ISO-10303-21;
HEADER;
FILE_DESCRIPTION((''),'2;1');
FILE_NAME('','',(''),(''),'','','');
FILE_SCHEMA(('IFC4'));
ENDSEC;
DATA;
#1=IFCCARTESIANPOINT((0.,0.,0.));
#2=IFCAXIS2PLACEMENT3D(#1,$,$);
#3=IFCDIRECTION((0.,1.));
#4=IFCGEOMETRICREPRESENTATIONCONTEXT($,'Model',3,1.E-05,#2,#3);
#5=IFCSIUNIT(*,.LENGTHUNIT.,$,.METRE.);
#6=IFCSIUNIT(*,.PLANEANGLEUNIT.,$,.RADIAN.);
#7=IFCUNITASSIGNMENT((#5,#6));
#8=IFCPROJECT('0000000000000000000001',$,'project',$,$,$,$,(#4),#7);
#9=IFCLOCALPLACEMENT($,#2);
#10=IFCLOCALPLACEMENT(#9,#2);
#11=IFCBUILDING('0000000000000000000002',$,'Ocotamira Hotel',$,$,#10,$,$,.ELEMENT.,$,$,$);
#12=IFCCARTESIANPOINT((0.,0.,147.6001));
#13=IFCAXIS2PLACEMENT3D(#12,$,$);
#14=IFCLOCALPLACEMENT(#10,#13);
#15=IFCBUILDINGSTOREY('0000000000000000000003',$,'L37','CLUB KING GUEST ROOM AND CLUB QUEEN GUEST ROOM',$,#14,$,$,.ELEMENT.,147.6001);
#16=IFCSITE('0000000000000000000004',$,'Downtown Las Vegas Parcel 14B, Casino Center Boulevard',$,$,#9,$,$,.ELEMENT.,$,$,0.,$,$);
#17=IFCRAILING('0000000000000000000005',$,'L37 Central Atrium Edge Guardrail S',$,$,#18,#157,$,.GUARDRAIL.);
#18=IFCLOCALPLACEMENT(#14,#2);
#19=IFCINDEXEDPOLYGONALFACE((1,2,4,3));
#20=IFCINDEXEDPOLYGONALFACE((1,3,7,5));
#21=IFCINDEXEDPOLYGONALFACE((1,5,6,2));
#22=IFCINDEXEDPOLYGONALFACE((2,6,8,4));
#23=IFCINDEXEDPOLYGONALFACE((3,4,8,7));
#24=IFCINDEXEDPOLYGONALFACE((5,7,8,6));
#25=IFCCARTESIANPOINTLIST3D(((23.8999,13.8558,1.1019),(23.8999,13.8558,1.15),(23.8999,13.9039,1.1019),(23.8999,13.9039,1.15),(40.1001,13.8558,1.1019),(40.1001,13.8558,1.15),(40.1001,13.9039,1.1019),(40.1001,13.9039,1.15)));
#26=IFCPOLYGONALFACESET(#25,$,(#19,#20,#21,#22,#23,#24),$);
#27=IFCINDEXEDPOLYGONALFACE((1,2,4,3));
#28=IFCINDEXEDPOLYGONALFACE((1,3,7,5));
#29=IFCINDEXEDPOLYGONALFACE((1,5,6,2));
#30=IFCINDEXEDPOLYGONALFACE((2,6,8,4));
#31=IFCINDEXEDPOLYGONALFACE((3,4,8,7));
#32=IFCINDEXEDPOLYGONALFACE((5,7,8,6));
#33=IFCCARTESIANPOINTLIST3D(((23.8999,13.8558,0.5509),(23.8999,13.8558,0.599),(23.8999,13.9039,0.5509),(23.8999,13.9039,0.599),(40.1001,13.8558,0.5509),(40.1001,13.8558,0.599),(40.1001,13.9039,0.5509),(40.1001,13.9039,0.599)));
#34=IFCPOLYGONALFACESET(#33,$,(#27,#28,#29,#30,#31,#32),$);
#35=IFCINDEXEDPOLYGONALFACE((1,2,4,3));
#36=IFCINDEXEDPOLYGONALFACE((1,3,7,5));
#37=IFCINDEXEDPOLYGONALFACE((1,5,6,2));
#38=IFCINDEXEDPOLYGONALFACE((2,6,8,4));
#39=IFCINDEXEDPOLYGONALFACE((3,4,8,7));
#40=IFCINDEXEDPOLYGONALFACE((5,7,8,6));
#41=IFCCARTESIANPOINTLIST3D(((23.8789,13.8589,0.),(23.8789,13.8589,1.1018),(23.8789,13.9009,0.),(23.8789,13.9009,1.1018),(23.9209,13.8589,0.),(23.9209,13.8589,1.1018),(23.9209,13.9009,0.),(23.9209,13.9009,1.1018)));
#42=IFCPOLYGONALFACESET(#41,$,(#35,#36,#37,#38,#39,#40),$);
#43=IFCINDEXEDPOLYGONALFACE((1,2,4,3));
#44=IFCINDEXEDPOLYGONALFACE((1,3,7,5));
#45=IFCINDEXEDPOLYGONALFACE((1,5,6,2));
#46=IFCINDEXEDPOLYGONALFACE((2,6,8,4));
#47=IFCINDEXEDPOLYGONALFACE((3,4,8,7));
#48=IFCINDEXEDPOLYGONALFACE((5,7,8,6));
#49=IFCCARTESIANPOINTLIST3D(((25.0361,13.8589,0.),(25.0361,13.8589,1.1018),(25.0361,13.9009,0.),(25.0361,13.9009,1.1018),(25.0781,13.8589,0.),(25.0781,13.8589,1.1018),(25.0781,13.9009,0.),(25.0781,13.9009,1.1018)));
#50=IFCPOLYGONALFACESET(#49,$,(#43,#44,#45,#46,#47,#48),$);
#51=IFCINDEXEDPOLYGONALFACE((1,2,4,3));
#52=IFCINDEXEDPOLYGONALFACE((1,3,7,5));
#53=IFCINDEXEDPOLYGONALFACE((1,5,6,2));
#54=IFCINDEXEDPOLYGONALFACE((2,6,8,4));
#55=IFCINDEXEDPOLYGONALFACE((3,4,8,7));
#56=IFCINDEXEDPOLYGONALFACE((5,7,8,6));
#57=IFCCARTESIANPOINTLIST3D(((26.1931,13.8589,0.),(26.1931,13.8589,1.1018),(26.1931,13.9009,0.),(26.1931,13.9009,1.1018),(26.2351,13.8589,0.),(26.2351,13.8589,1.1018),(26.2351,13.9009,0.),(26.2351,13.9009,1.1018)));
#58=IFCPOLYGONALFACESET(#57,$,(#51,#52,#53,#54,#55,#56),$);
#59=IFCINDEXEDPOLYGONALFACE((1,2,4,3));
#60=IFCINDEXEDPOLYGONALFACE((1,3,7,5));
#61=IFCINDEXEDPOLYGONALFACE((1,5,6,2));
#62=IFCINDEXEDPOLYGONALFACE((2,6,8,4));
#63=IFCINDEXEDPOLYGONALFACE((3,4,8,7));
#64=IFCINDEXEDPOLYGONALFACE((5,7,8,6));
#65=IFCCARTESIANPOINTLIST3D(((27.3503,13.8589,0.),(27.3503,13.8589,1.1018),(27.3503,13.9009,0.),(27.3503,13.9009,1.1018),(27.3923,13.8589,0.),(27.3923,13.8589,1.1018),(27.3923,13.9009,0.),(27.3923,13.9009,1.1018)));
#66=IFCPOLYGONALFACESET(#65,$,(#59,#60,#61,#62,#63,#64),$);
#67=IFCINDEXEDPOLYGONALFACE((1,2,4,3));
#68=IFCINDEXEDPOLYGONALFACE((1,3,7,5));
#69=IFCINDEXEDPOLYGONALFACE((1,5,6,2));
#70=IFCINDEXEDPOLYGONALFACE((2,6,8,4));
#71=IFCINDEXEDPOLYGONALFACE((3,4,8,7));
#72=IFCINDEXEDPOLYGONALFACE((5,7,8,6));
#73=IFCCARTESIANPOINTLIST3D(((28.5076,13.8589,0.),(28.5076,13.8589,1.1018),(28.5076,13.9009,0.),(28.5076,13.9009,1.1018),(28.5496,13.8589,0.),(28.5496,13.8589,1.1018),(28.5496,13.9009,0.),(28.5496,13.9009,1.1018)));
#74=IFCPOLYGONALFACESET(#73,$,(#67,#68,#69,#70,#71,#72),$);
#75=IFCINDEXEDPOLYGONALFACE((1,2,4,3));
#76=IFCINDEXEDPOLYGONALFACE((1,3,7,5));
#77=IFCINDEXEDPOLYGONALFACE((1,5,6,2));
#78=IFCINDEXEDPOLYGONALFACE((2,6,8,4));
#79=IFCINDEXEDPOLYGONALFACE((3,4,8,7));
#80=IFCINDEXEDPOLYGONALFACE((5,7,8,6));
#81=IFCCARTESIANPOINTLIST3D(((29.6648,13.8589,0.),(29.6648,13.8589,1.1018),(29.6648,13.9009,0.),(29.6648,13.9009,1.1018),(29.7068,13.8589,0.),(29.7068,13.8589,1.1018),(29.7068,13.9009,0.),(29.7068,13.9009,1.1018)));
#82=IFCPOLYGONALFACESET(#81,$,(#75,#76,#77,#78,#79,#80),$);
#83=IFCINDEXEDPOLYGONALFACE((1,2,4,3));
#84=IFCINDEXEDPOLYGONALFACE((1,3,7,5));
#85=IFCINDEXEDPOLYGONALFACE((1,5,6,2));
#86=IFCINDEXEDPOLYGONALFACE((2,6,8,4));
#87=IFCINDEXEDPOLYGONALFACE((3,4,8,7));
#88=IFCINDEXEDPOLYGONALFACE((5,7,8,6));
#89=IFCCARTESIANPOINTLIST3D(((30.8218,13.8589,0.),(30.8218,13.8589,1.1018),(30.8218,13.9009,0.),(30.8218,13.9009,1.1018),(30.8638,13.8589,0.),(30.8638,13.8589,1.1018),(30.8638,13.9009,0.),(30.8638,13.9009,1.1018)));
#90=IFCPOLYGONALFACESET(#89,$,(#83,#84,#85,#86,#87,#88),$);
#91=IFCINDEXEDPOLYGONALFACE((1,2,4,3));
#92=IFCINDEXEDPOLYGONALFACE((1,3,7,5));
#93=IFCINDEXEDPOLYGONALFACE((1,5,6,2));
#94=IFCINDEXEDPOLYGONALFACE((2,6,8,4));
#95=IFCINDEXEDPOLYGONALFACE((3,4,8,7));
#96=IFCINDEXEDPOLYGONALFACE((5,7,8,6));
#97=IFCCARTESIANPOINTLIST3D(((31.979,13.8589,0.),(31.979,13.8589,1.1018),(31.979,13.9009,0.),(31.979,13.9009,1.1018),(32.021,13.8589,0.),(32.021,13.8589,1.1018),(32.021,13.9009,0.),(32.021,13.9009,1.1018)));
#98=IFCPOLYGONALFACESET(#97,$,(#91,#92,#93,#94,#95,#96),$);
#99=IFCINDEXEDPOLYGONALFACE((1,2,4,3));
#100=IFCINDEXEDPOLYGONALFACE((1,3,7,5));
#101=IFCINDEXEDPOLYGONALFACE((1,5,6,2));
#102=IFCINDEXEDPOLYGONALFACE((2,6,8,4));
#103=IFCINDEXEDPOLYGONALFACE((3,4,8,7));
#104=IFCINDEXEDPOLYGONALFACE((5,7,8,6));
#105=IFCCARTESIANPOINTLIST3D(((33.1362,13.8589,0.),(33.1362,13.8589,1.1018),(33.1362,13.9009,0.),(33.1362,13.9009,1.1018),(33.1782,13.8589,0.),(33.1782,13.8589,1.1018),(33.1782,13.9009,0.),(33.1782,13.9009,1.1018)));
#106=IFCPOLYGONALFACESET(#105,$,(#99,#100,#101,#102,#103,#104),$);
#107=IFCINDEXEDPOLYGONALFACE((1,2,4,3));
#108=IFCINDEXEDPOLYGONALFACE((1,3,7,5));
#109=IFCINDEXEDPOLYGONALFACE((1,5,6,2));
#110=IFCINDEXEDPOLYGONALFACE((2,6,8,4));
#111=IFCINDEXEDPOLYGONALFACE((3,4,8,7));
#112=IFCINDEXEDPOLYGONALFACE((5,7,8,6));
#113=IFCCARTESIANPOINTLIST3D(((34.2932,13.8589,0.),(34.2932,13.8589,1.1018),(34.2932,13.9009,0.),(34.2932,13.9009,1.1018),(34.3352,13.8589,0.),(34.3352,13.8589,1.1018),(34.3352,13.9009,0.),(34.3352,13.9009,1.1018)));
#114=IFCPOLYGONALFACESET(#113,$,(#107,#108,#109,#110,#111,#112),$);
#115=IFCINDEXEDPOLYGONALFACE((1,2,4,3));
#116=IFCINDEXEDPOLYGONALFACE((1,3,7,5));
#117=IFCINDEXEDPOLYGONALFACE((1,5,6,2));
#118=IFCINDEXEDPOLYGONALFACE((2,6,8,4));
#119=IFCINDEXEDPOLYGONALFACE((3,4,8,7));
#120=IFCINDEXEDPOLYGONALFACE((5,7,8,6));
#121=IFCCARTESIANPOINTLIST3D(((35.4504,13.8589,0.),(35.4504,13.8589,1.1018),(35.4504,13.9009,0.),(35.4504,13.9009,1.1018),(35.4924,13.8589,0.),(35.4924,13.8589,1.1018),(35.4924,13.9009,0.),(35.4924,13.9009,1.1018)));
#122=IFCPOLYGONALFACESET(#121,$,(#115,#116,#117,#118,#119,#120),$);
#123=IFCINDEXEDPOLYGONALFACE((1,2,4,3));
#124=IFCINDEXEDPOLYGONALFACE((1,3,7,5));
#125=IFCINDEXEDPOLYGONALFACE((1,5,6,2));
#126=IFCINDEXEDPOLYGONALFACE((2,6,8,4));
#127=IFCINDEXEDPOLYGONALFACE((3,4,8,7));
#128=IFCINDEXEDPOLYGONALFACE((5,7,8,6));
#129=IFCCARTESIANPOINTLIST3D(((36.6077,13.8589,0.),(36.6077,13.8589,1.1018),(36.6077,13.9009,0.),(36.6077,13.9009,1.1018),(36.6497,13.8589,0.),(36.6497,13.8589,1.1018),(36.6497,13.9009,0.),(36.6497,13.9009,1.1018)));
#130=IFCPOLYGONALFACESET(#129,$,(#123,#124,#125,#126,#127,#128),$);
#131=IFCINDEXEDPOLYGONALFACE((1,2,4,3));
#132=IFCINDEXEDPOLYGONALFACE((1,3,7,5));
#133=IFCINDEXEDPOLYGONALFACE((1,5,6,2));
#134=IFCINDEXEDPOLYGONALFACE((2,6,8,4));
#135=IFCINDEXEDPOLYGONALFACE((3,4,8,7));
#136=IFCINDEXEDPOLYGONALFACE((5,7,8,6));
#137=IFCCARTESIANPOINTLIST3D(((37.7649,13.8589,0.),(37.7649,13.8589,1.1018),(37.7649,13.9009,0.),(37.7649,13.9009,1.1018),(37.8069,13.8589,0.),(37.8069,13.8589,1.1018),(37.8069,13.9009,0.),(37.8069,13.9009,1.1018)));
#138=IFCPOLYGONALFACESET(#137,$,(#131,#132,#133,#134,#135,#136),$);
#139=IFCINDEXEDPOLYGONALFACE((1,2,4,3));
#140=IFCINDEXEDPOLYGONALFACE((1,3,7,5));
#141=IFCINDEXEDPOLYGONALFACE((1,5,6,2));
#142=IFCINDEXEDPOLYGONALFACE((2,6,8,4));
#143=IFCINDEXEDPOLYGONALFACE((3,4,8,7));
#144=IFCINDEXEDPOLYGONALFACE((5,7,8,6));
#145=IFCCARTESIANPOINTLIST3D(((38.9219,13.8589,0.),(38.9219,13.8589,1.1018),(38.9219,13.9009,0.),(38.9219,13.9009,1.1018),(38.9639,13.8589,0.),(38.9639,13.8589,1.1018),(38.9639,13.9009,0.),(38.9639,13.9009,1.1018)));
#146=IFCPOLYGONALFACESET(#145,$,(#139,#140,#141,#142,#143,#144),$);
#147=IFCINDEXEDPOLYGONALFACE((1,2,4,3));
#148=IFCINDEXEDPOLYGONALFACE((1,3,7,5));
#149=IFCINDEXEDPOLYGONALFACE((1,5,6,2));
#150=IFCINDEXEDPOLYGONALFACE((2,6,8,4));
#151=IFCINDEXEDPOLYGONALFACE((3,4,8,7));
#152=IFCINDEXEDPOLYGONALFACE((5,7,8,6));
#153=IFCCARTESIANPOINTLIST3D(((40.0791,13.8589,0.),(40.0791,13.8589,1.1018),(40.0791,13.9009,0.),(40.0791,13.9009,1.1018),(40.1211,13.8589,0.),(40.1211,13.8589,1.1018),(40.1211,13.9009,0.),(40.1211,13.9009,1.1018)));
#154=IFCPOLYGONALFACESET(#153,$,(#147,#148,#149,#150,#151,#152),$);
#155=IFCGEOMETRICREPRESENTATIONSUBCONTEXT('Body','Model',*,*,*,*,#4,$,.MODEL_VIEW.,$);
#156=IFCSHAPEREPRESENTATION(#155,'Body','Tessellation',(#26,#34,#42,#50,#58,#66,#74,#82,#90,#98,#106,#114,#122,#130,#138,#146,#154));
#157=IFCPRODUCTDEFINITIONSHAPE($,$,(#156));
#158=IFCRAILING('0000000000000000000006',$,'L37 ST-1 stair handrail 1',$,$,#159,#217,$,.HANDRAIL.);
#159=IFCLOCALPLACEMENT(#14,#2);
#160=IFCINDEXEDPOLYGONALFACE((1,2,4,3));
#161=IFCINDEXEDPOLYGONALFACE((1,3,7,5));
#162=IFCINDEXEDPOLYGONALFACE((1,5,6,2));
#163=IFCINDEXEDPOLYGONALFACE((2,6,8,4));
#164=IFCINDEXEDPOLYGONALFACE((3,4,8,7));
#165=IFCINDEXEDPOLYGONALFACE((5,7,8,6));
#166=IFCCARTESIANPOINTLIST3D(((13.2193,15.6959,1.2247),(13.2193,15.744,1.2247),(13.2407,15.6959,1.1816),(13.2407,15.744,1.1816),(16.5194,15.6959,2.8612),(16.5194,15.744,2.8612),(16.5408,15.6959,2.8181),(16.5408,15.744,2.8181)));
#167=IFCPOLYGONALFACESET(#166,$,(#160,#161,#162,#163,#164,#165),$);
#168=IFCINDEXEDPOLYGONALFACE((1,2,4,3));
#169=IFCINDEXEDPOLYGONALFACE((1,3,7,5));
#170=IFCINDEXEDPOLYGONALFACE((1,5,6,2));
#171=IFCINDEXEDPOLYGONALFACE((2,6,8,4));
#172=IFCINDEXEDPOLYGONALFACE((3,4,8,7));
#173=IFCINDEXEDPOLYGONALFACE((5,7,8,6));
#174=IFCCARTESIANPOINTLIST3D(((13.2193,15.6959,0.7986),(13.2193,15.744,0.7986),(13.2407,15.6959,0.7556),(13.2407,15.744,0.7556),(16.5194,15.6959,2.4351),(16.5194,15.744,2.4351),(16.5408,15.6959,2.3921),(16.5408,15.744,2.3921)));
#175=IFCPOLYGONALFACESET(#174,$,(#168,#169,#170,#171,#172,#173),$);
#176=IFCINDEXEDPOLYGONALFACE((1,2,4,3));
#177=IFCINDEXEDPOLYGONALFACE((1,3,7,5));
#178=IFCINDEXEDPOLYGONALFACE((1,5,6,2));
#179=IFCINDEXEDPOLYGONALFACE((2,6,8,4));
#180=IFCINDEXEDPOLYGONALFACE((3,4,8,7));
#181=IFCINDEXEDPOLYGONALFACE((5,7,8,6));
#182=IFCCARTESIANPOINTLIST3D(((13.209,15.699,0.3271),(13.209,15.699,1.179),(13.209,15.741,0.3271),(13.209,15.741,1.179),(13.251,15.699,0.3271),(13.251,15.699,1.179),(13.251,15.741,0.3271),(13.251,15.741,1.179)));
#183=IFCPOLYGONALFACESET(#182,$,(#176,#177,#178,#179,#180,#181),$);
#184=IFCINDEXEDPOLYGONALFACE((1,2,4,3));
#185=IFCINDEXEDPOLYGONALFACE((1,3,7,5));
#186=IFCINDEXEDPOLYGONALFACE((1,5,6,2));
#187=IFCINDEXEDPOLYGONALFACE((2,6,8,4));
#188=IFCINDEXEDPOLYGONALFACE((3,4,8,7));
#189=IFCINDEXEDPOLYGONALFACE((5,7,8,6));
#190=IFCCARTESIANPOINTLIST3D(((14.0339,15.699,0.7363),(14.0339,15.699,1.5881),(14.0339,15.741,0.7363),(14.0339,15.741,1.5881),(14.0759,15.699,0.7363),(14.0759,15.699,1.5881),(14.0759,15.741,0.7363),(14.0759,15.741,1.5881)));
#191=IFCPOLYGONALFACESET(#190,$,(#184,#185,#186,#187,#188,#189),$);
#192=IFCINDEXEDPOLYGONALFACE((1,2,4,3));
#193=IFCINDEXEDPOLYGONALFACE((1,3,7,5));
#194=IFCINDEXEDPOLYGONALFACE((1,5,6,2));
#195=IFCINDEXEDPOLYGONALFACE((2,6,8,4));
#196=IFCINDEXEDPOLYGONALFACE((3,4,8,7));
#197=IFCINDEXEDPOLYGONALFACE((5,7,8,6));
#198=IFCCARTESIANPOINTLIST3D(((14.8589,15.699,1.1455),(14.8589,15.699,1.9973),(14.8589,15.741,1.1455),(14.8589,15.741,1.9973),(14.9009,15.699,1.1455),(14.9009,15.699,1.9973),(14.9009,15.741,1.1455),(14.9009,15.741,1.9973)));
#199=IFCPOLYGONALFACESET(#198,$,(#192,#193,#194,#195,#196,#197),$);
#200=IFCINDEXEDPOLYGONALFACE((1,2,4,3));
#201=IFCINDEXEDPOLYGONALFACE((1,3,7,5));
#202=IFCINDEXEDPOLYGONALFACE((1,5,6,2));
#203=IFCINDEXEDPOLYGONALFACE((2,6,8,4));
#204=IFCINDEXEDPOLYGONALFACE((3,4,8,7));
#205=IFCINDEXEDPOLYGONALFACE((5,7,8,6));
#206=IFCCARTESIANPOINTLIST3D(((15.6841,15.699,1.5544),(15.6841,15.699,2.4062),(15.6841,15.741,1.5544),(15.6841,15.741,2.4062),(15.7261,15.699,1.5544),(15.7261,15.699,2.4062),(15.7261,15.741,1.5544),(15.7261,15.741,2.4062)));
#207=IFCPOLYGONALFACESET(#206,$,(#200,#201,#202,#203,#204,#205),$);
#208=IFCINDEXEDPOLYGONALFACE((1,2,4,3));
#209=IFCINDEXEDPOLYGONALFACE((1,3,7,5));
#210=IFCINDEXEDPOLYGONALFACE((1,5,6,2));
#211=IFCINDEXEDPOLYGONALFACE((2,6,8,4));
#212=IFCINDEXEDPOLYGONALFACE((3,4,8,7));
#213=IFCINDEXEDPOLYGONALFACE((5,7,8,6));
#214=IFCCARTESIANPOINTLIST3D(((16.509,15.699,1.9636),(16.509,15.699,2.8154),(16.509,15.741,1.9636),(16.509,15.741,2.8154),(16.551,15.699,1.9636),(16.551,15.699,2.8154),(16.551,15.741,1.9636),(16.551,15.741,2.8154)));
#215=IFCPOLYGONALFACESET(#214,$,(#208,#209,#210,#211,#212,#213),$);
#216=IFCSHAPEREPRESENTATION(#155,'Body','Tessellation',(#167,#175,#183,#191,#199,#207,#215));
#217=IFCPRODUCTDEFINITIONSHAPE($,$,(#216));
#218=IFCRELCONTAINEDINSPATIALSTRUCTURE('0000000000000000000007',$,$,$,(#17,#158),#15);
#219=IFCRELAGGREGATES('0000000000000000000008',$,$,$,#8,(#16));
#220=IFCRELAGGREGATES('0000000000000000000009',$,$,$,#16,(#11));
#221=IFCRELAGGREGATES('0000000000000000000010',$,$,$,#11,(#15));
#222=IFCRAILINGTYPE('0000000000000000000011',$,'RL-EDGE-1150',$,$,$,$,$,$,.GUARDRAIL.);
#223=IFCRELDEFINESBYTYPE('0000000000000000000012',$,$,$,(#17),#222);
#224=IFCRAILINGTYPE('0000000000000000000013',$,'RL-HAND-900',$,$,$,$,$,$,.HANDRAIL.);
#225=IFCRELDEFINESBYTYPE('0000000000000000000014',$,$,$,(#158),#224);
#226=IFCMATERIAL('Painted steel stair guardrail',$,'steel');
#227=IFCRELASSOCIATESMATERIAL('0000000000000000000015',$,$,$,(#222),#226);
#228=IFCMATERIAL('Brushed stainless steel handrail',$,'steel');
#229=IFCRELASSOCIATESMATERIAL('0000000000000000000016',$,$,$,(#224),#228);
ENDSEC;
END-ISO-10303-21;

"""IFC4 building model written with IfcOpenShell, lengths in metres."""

from ifc_helpers import new_model, si_unit, direction, frame, origin, origin_2d, place, context, subcontext, project, spatial, rectangle, extrude, material, type_object, element, save


model = new_model("IFC4")

# Units and contexts
model_context = context("Model", 3, precision=1e-05, world=origin(), true_north=direction((0.0, 1.0)))
body_context = subcontext(model_context, "Body", "Model", "MODEL_VIEW")
ifc_project = project(units=[si_unit("LENGTHUNIT", "METRE"), si_unit("PLANEANGLEUNIT", "RADIAN")], contexts=[model_context])

# Site, building, storey
site_placement = place(None, origin())
site = spatial("IfcSite", under=ifc_project, at=site_placement, Name="Downtown Las Vegas Parcel 14B, Casino Center Boulevard", CompositionType="ELEMENT", RefElevation=0.0)
building_placement = place(site_placement, origin())
building = spatial("IfcBuilding", under=site, at=building_placement, Name="Ocotamira Hotel", CompositionType="ELEMENT")
storey_placement = place(building_placement, frame((0.0, 0.0, 147.6001)))
storey = spatial("IfcBuildingStorey", under=building, at=storey_placement, Name="L37", Description="CLUB KING GUEST ROOM AND CLUB QUEEN GUEST ROOM", CompositionType="ELEMENT", Elevation=147.6001)

# Railings
ifc_material_1 = material(Name="Painted steel stair guardrail", Category="steel")
railing_type_1 = type_object("IfcRailingType", Name="RL-EDGE-1150", PredefinedType="GUARDRAIL", material=ifc_material_1)
railing_1_placement = place(storey_placement, frame((23.8999, 13.8799, 0.0)))
element("IfcRailing", 1, at=railing_1_placement, inside=storey, type_object=railing_type_1, Name="L37 Central Atrium Edge Guardrail S", PredefinedType="GUARDRAIL", context=body_context, shape_type="SweptSolid", body=[
    extrude(rectangle(XDim=0.0481, YDim=0.0481, at=origin_2d()), frame((0.0, 0.0, 1.126), z_axis=(1.0, 0.0, 0.0), x_axis=(0.0, 1.0, 0.0)), (0.0, 0.0, 1.0), 16.2002),
    extrude(rectangle(XDim=0.0481, YDim=0.0481, at=origin_2d()), frame((0.0, 0.0, 0.575), z_axis=(1.0, 0.0, 0.0), x_axis=(0.0, 1.0, 0.0)), (0.0, 0.0, 1.0), 16.2002),
    extrude(rectangle(XDim=0.042, YDim=0.042, at=origin_2d()), origin(), (0.0, 0.0, 1.0), 1.1018),
    extrude(rectangle(XDim=0.042, YDim=0.042, at=origin_2d()), frame((1.1572, 0.0, 0.0)), (0.0, 0.0, 1.0), 1.1018),
    extrude(rectangle(XDim=0.042, YDim=0.042, at=origin_2d()), frame((2.3142, 0.0, 0.0)), (0.0, 0.0, 1.0), 1.1018),
    extrude(rectangle(XDim=0.042, YDim=0.042, at=origin_2d()), frame((3.4714, 0.0, 0.0)), (0.0, 0.0, 1.0), 1.1018),
    extrude(rectangle(XDim=0.042, YDim=0.042, at=origin_2d()), frame((4.6287, 0.0, 0.0)), (0.0, 0.0, 1.0), 1.1018),
    extrude(rectangle(XDim=0.042, YDim=0.042, at=origin_2d()), frame((5.7859, 0.0, 0.0)), (0.0, 0.0, 1.0), 1.1018),
    extrude(rectangle(XDim=0.042, YDim=0.042, at=origin_2d()), frame((6.9429, 0.0, 0.0)), (0.0, 0.0, 1.0), 1.1018),
    extrude(rectangle(XDim=0.042, YDim=0.042, at=origin_2d()), frame((8.1001, 0.0, 0.0)), (0.0, 0.0, 1.0), 1.1018),
    extrude(rectangle(XDim=0.042, YDim=0.042, at=origin_2d()), frame((9.2573, 0.0, 0.0)), (0.0, 0.0, 1.0), 1.1018),
    extrude(rectangle(XDim=0.042, YDim=0.042, at=origin_2d()), frame((10.4143, 0.0, 0.0)), (0.0, 0.0, 1.0), 1.1018),
    extrude(rectangle(XDim=0.042, YDim=0.042, at=origin_2d()), frame((11.5715, 0.0, 0.0)), (0.0, 0.0, 1.0), 1.1018),
    extrude(rectangle(XDim=0.042, YDim=0.042, at=origin_2d()), frame((12.7288, 0.0, 0.0)), (0.0, 0.0, 1.0), 1.1018),
    extrude(rectangle(XDim=0.042, YDim=0.042, at=origin_2d()), frame((13.886, 0.0, 0.0)), (0.0, 0.0, 1.0), 1.1018),
    extrude(rectangle(XDim=0.042, YDim=0.042, at=origin_2d()), frame((15.043, 0.0, 0.0)), (0.0, 0.0, 1.0), 1.1018),
    extrude(rectangle(XDim=0.042, YDim=0.042, at=origin_2d()), frame((16.2002, 0.0, 0.0)), (0.0, 0.0, 1.0), 1.1018),
])
ifc_material_2 = material(Name="Brushed stainless steel handrail", Category="steel")
railing_type_2 = type_object("IfcRailingType", Name="RL-HAND-900", PredefinedType="HANDRAIL", material=ifc_material_2)
railing_2_placement = place(storey_placement, frame((13.23, 15.72, 0.3271)))
element("IfcRailing", 2, at=railing_2_placement, inside=storey, type_object=railing_type_2, Name="L37 ST-1 stair handrail 1", PredefinedType="HANDRAIL", context=body_context, shape_type="SweptSolid", body=[
    extrude(rectangle(XDim=0.0481, YDim=0.0481, at=origin_2d()), frame((0.0, 0.0, 0.876), z_axis=(0.895894, 0.0, 0.444268), x_axis=(0.0, 1.0, 0.0)), (0.0, 0.0, 1.0), 3.6836),
    extrude(rectangle(XDim=0.0481, YDim=0.0481, at=origin_2d()), frame((0.0, 0.0, 0.45), z_axis=(0.895894, 0.0, 0.444268), x_axis=(0.0, 1.0, 0.0)), (0.0, 0.0, 1.0), 3.6836),
    extrude(rectangle(XDim=0.042, YDim=0.042, at=origin_2d()), origin(), (0.0, 0.0, 1.0), 0.8518),
    extrude(rectangle(XDim=0.042, YDim=0.042, at=origin_2d()), frame((0.825, 0.0, 0.4092)), (0.0, 0.0, 1.0), 0.8518),
    extrude(rectangle(XDim=0.042, YDim=0.042, at=origin_2d()), frame((1.6499, 0.0, 0.8184)), (0.0, 0.0, 1.0), 0.8518),
    extrude(rectangle(XDim=0.042, YDim=0.042, at=origin_2d()), frame((2.4751, 0.0, 1.2273)), (0.0, 0.0, 1.0), 0.8518),
    extrude(rectangle(XDim=0.042, YDim=0.042, at=origin_2d()), frame((3.3, 0.0, 1.6365)), (0.0, 0.0, 1.0), 0.8518),
])

save(model, "model.ifc")
